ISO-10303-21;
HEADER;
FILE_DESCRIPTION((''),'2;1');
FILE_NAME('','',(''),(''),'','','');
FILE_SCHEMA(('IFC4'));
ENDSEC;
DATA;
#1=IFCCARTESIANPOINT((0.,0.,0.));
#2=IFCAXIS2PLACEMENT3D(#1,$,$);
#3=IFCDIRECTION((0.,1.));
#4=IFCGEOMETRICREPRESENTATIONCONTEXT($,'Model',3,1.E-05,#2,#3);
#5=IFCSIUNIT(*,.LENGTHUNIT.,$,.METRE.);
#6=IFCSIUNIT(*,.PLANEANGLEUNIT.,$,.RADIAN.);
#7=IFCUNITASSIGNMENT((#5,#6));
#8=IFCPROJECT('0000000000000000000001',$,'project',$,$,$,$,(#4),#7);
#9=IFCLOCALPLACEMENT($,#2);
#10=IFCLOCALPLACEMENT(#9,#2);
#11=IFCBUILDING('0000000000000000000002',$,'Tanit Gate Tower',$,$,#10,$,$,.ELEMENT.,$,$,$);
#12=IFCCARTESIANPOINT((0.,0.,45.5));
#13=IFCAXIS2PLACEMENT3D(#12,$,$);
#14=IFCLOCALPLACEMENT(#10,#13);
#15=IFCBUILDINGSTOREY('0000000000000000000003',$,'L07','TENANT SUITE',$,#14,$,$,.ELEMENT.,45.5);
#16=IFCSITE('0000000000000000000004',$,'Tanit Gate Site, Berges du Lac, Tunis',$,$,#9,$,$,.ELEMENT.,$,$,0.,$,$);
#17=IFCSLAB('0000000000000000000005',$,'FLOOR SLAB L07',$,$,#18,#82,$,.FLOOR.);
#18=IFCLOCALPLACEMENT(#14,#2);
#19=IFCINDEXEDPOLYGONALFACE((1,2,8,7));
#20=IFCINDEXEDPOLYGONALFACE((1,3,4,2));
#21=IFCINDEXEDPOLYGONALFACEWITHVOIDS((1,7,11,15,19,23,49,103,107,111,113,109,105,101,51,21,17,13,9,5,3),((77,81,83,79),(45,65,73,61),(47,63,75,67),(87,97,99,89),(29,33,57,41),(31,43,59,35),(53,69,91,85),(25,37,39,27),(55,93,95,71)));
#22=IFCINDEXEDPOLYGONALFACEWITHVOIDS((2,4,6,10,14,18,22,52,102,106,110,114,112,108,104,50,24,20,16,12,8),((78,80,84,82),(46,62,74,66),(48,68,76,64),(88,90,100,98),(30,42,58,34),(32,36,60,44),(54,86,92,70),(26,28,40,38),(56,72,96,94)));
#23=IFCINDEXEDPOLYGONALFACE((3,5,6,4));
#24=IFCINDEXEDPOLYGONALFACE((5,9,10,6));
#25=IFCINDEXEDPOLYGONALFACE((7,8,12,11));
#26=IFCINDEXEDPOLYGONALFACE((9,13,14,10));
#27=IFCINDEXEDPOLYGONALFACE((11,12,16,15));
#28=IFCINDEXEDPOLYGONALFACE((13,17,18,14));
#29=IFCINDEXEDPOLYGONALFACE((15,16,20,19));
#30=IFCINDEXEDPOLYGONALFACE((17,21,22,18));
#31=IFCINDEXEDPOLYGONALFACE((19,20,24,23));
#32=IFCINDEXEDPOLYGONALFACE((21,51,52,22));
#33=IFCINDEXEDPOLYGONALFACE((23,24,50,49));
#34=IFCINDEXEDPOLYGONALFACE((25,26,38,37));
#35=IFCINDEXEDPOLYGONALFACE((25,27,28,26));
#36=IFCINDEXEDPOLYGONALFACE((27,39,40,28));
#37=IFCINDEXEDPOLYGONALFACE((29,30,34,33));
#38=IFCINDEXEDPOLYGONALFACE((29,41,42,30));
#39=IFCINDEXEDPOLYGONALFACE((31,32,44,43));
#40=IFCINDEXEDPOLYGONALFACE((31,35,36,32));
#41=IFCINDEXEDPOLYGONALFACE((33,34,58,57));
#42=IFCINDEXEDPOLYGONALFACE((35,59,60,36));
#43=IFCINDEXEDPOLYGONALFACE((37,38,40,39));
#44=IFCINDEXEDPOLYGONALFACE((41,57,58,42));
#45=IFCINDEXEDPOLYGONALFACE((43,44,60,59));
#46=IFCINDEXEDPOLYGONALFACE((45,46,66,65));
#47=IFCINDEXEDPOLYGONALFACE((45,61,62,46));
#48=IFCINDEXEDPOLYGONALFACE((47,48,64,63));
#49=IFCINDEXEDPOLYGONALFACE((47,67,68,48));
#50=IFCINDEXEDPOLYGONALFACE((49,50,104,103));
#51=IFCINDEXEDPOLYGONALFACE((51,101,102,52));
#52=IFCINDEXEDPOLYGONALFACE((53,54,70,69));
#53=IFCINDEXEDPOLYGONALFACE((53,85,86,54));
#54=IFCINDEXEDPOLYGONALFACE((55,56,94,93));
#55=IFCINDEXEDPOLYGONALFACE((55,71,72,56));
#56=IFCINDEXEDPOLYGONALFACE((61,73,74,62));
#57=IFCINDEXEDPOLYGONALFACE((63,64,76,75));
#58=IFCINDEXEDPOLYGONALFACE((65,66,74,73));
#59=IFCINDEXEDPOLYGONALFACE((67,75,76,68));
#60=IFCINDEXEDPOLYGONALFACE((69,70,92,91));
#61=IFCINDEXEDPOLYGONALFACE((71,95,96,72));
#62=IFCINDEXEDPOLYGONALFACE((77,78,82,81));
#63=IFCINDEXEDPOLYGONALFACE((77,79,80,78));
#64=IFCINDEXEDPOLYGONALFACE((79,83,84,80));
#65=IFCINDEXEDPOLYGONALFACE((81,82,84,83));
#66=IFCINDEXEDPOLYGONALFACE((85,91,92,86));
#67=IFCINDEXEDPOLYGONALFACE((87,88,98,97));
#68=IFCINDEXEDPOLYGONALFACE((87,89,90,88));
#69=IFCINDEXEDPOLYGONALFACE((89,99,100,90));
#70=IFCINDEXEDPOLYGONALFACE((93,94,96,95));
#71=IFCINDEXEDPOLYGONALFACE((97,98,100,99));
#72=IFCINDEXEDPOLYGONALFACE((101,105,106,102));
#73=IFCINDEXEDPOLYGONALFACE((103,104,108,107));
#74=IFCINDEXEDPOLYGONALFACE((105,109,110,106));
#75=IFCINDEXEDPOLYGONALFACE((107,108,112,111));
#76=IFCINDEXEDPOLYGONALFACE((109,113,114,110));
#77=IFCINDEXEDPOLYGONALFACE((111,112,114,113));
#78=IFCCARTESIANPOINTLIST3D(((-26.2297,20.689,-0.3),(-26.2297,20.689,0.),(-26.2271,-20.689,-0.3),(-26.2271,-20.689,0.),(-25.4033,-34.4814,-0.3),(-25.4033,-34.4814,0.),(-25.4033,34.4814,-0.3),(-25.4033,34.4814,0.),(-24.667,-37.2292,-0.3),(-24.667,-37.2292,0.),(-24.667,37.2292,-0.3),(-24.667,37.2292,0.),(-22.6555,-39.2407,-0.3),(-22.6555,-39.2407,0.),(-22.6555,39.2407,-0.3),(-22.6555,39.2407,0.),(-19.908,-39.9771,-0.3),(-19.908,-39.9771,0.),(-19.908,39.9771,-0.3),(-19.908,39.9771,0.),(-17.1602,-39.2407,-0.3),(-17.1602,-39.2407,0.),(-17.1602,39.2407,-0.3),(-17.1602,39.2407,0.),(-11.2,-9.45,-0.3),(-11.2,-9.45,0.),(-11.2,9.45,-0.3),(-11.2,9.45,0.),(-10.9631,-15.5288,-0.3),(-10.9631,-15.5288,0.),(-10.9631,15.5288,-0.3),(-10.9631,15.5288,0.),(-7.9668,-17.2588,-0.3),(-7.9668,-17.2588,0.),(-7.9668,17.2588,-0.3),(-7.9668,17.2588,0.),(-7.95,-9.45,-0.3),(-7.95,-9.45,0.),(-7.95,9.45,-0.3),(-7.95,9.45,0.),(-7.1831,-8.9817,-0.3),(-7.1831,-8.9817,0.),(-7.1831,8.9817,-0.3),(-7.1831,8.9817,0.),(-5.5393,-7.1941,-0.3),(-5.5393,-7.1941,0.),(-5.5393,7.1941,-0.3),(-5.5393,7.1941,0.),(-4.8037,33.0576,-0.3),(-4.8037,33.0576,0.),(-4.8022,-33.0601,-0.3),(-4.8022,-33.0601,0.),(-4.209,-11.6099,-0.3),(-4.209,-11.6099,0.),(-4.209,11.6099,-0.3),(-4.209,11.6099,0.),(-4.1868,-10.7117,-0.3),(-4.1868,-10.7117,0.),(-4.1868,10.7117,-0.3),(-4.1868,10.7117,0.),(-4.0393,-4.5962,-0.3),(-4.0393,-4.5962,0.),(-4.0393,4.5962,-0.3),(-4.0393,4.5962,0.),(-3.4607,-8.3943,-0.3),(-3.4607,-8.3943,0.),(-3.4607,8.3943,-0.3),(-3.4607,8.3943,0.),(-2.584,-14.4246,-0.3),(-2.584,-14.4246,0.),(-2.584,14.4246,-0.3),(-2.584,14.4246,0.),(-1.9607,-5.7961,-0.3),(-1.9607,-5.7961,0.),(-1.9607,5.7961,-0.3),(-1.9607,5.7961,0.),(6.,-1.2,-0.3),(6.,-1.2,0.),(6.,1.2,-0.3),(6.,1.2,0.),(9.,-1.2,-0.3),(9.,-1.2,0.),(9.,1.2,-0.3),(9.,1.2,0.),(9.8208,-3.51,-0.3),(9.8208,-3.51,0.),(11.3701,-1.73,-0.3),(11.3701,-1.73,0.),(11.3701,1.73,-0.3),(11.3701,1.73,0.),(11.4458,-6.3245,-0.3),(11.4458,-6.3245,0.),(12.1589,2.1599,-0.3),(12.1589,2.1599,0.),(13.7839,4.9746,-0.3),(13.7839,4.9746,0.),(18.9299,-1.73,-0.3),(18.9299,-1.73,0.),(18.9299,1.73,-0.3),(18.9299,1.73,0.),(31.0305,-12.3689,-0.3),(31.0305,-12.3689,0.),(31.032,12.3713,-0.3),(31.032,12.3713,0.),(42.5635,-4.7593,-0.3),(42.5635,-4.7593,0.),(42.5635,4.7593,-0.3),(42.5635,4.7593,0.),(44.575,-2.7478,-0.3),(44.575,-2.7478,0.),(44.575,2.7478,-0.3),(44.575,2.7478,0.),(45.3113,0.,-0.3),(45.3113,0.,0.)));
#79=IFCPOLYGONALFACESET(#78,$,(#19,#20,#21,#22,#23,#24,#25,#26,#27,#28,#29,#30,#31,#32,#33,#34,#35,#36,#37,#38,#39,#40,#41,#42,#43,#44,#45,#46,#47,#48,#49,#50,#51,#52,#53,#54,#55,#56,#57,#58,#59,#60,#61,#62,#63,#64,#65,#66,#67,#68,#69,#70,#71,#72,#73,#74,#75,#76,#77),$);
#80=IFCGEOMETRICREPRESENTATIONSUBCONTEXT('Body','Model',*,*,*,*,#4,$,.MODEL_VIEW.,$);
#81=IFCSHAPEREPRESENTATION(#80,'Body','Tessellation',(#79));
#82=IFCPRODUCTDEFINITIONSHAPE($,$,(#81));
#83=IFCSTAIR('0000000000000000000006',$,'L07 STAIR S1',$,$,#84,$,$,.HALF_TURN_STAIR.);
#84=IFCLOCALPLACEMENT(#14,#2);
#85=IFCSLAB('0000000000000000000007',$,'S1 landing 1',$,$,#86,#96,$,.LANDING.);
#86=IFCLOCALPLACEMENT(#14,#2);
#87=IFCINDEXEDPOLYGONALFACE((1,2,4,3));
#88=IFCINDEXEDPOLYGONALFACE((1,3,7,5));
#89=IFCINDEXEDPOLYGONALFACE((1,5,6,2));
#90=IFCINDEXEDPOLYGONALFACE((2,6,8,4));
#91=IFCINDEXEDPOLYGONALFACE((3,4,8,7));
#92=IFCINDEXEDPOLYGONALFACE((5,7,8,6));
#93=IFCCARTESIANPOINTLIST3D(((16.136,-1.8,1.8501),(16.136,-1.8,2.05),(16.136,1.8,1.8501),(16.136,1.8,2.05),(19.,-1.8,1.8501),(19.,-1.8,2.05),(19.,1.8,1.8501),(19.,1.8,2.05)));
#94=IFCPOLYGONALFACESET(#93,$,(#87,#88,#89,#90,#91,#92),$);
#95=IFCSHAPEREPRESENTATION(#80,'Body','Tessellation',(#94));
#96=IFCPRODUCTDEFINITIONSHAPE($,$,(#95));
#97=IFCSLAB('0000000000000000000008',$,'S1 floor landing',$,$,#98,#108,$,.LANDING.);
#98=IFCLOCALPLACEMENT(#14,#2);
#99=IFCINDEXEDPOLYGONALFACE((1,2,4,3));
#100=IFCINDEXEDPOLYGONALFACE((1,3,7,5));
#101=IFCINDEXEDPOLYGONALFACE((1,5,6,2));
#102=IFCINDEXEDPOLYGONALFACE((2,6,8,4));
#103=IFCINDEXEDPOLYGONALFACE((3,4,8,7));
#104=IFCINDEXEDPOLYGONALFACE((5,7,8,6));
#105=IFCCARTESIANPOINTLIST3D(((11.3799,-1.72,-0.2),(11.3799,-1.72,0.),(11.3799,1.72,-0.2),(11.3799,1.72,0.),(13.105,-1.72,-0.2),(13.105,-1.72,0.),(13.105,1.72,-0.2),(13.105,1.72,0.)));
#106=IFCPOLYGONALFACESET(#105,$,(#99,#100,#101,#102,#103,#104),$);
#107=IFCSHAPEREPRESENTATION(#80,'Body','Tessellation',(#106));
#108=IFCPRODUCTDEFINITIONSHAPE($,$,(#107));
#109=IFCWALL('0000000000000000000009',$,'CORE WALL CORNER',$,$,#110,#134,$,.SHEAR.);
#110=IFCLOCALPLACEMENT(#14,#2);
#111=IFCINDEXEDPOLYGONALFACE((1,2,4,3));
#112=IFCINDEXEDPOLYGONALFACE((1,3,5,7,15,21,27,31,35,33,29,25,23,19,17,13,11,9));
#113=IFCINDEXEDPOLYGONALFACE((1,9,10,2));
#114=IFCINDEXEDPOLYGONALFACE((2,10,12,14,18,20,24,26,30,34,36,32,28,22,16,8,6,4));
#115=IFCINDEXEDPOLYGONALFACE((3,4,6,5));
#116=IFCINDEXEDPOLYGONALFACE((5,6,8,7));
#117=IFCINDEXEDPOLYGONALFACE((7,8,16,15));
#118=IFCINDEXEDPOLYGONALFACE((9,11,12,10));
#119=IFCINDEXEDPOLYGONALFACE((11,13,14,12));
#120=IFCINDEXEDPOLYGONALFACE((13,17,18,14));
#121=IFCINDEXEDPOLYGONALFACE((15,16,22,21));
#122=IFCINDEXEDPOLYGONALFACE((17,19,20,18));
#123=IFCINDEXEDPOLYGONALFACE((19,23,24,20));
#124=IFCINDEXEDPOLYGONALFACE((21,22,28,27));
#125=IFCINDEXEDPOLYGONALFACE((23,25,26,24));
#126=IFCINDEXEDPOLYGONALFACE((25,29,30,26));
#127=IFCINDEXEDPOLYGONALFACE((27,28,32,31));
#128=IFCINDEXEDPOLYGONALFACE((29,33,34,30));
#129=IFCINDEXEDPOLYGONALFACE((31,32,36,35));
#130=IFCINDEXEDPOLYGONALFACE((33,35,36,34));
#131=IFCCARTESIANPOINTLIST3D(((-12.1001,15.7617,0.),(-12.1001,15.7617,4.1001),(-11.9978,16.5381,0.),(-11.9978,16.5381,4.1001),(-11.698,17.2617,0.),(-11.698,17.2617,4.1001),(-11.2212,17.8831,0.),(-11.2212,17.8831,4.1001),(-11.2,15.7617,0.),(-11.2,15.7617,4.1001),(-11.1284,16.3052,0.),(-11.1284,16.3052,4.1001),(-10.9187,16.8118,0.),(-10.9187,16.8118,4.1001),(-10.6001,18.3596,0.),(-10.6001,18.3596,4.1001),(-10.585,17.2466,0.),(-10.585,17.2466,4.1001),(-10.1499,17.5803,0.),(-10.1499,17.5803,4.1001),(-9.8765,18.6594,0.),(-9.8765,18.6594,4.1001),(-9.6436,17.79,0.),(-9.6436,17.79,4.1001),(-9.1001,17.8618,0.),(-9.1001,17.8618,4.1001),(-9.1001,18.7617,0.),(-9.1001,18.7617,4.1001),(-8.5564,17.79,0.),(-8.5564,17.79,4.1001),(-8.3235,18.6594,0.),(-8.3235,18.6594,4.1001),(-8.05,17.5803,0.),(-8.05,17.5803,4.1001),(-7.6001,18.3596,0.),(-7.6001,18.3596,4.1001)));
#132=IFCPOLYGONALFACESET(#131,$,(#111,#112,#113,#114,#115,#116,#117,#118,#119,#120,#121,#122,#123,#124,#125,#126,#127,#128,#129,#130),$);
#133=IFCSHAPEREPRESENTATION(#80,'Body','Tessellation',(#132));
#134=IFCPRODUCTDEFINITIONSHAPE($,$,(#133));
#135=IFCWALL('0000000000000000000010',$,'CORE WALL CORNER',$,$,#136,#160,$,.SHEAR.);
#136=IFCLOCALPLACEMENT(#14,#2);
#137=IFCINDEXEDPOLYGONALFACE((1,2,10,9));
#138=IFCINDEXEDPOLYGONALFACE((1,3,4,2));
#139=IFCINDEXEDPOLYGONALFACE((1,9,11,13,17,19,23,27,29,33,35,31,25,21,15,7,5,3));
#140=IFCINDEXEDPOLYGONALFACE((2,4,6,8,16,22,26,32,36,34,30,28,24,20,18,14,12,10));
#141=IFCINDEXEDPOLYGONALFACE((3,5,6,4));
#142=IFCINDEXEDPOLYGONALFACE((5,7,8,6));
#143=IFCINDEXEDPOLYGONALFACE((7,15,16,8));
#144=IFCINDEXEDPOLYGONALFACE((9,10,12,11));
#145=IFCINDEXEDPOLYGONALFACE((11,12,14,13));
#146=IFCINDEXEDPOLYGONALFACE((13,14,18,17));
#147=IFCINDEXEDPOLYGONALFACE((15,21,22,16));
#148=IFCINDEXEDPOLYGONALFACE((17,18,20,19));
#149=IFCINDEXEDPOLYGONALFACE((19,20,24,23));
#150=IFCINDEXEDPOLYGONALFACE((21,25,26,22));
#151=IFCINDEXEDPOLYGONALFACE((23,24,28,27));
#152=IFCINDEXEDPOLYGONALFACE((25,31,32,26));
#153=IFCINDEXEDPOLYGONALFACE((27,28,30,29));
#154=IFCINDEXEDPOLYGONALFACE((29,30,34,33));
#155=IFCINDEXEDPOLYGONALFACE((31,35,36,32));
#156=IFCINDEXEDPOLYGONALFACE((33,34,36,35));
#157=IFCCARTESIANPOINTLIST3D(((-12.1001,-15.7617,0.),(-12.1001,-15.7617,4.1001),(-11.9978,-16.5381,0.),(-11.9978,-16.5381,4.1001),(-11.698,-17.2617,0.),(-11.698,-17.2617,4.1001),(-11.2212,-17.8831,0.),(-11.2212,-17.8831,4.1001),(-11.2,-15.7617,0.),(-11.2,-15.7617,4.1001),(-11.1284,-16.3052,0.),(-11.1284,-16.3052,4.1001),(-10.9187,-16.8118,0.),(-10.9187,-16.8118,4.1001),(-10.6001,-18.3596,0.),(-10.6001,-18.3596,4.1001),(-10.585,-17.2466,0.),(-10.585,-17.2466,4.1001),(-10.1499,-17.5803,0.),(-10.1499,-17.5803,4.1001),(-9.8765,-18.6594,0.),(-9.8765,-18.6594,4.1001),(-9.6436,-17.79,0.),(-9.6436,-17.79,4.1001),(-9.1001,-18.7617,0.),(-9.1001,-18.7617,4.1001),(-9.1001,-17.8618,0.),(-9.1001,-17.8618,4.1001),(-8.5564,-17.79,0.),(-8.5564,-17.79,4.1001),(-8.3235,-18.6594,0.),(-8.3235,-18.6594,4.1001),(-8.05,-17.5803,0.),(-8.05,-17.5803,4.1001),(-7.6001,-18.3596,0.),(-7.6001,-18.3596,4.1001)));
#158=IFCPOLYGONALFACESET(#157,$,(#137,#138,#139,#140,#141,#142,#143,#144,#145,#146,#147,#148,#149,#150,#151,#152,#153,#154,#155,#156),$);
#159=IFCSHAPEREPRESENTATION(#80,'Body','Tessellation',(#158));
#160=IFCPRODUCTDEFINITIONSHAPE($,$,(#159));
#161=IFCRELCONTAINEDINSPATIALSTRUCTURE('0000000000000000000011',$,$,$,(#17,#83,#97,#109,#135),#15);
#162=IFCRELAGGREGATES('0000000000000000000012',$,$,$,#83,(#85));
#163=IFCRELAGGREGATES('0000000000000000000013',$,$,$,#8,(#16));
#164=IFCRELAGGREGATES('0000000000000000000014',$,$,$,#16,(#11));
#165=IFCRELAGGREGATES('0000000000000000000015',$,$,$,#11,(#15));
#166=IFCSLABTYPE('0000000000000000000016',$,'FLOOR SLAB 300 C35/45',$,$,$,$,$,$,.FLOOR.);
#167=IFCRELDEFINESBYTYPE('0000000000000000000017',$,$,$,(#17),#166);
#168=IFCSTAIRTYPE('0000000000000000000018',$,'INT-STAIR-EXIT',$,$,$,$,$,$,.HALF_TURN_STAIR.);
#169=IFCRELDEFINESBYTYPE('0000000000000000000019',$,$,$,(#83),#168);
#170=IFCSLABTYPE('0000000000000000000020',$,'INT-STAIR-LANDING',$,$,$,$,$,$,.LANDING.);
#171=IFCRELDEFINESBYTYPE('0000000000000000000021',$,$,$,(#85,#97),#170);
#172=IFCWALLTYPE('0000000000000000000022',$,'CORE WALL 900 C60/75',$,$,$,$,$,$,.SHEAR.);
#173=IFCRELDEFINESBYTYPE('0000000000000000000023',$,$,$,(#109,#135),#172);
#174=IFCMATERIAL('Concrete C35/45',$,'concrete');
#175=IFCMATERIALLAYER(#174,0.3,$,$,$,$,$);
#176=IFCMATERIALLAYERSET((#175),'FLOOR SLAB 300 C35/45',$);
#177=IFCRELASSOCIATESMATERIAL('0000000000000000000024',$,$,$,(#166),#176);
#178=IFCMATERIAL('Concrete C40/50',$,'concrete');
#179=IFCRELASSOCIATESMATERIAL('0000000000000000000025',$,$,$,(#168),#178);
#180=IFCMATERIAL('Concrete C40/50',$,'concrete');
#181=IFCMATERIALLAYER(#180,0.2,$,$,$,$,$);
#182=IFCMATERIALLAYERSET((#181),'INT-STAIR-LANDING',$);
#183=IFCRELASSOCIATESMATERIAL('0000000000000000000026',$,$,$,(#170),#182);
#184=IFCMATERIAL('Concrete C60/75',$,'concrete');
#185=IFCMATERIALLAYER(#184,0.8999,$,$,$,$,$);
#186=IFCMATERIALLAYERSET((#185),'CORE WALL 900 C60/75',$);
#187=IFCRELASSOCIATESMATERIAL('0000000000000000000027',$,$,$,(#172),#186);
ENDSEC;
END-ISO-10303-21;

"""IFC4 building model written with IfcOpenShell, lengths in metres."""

from ifc_helpers import new_model, si_unit, direction, frame, origin, place, context, subcontext, project, spatial, polyline, outline, extrude, material, layer, layer_set, type_object, element, aggregate, save


model = new_model("IFC4")

# Units and contexts
model_context = context("Model", 3, precision=1e-05, world=origin(), true_north=direction((0.0, 1.0)))
body_context = subcontext(model_context, "Body", "Model", "MODEL_VIEW")
ifc_project = project(units=[si_unit("LENGTHUNIT", "METRE"), si_unit("PLANEANGLEUNIT", "RADIAN")], contexts=[model_context])

# Site, building, storey
site_placement = place(None, origin())
site = spatial("IfcSite", under=ifc_project, at=site_placement, Name="Tanit Gate Site, Berges du Lac, Tunis", CompositionType="ELEMENT", RefElevation=0.0)
building_placement = place(site_placement, origin())
building = spatial("IfcBuilding", under=site, at=building_placement, Name="Tanit Gate Tower", CompositionType="ELEMENT")
storey_placement = place(building_placement, frame((0.0, 0.0, 45.5)))
storey = spatial("IfcBuildingStorey", under=building, at=storey_placement, Name="L07", Description="TENANT SUITE", CompositionType="ELEMENT", Elevation=45.5)

# Slab
ifc_material_1 = material(Name="Concrete C35/45", Category="concrete")
ifc_layer_1 = layer(ifc_material_1, 0.3)
ifc_layer_set_1 = layer_set([ifc_layer_1], Name="FLOOR SLAB 300 C35/45")
slab_type_1 = type_object("IfcSlabType", Name="FLOOR SLAB 300 C35/45", PredefinedType="FLOOR", material=ifc_layer_set_1)
slab_1_placement = place(storey_placement, frame((0.0, 0.0, -0.3)))
element("IfcSlab", 1, at=slab_1_placement, inside=storey, type_object=slab_type_1, Name="FLOOR SLAB L07", PredefinedType="FLOOR", context=body_context, shape_type="SweptSolid", body=[
    extrude(outline(polyline([(42.5635, 4.7593), (44.575, 2.7478), (45.3113, 0.0), (44.575, -2.7478), (42.5635, -4.7593), (31.0305, -12.3689), (-4.8022, -33.0601), (-17.1602, -39.2407), (-19.908, -39.9771), (-22.6555, -39.2407), (-24.667, -37.2292), (-25.4033, -34.4814), (-26.2271, -20.689), (-26.2297, 20.689), (-25.4033, 34.4814), (-24.667, 37.2292), (-22.6555, 39.2407), (-19.908, 39.9771), (-17.1602, 39.2407), (-4.8037, 33.0576), (31.032, 12.3713), (42.5635, 4.7593)]), holes=[polyline([(11.3701, 1.73), (18.9299, 1.73), (18.9299, -1.73), (11.3701, -1.73), (11.3701, 1.73)]), polyline([(-4.209, 11.6099), (-2.584, 14.4246), (13.7839, 4.9746), (12.1589, 2.1599), (-4.209, 11.6099)]), polyline([(-4.209, -11.6099), (9.8208, -3.51), (11.4458, -6.3245), (-2.584, -14.4246), (-4.209, -11.6099)]), polyline([(9.0, 1.2), (9.0, -1.2), (6.0, -1.2), (6.0, 1.2), (9.0, 1.2)]), polyline([(-5.5393, 7.1941), (-3.4607, 8.3943), (-1.9607, 5.7961), (-4.0393, 4.5962), (-5.5393, 7.1941)]), polyline([(-1.9607, -5.7961), (-3.4607, -8.3943), (-5.5393, -7.1941), (-4.0393, -4.5962), (-1.9607, -5.7961)]), polyline([(-10.9631, 15.5288), (-7.9668, 17.2588), (-4.1868, 10.7117), (-7.1831, 8.9817), (-10.9631, 15.5288)]), polyline([(-4.1868, -10.7117), (-7.9668, -17.2588), (-10.9631, -15.5288), (-7.1831, -8.9817), (-4.1868, -10.7117)]), polyline([(-11.2, -9.45), (-11.2, 9.45), (-7.95, 9.45), (-7.95, -9.45), (-11.2, -9.45)])]), origin(), (0.0, 0.0, 1.0), 0.3),
])

# Stair, slab
ifc_material_2 = material(Name="Concrete C40/50", Category="concrete")
stair_type = type_object("IfcStairType", Name="INT-STAIR-EXIT", PredefinedType="HALF_TURN_STAIR", material=ifc_material_2)
stair_placement = place(storey_placement, origin())
stair = element("IfcStair", 2, at=stair_placement, inside=storey, type_object=stair_type, Name="L07 STAIR S1", PredefinedType="HALF_TURN_STAIR")
ifc_material_3 = material(Name="Concrete C40/50", Category="concrete")
ifc_layer_2 = layer(ifc_material_3, 0.2)
ifc_layer_set_2 = layer_set([ifc_layer_2], Name="INT-STAIR-LANDING")
slab_type_2 = type_object("IfcSlabType", Name="INT-STAIR-LANDING", PredefinedType="LANDING", material=ifc_layer_set_2)
slab_2_placement = place(storey_placement, frame((0.0, 0.0, 1.8501)))
slab_2 = element("IfcSlab", 3, at=slab_2_placement, type_object=slab_type_2, Name="S1 landing 1", PredefinedType="LANDING", context=body_context, shape_type="SweptSolid", body=[
    extrude(outline(polyline([(16.136, -1.8), (19.0, -1.8), (19.0, 1.8), (16.136, 1.8), (16.136, -1.8)])), origin(), (0.0, 0.0, 1.0), 0.2),
])
aggregate(stair, [slab_2])

# Slab
slab_3_placement = place(storey_placement, frame((0.0, 0.0, -0.2)))
element("IfcSlab", 4, at=slab_3_placement, inside=storey, type_object=slab_type_2, Name="S1 floor landing", PredefinedType="LANDING", context=body_context, shape_type="SweptSolid", body=[
    extrude(outline(polyline([(11.3799, -1.72), (13.105, -1.72), (13.105, 1.72), (11.3799, 1.72), (11.3799, -1.72)])), origin(), (0.0, 0.0, 1.0), 0.2),
])

# Walls
ifc_material_4 = material(Name="Concrete C60/75", Category="concrete")
ifc_layer_3 = layer(ifc_material_4, 0.8999)
ifc_layer_set_3 = layer_set([ifc_layer_3], Name="CORE WALL 900 C60/75")
wall_type_1 = type_object("IfcWallType", Name="CORE WALL 900 C60/75", PredefinedType="SHEAR", material=ifc_layer_set_3)
wall_1_placement = place(storey_placement, origin())
element("IfcWall", 5, at=wall_1_placement, inside=storey, type_object=wall_type_1, Name="CORE WALL CORNER", PredefinedType="SHEAR", context=body_context, shape_type="SweptSolid", body=[
    extrude(outline(polyline([(-7.6001, 18.3596), (-8.3235, 18.6594), (-9.1001, 18.7617), (-9.8765, 18.6594), (-10.6001, 18.3596), (-11.2212, 17.8831), (-11.698, 17.2617), (-11.9978, 16.5381), (-12.1001, 15.7617), (-11.2, 15.7617), (-11.1284, 16.3052), (-10.9187, 16.8118), (-10.585, 17.2466), (-10.1499, 17.5803), (-9.6436, 17.79), (-9.1001, 17.8618), (-8.5564, 17.79), (-8.05, 17.5803), (-7.6001, 18.3596)])), origin(), (0.0, 0.0, 1.0), 4.1001),
])
wall_2_placement = place(storey_placement, origin())
element("IfcWall", 6, at=wall_2_placement, inside=storey, type_object=wall_type_1, Name="CORE WALL CORNER", PredefinedType="SHEAR", context=body_context, shape_type="SweptSolid", body=[
    extrude(outline(polyline([(-12.1001, -15.7617), (-11.9978, -16.5381), (-11.698, -17.2617), (-11.2212, -17.8831), (-10.6001, -18.3596), (-9.8765, -18.6594), (-9.1001, -18.7617), (-8.3235, -18.6594), (-7.6001, -18.3596), (-8.05, -17.5803), (-8.5564, -17.79), (-9.1001, -17.8618), (-9.6436, -17.79), (-10.1499, -17.5803), (-10.585, -17.2466), (-10.9187, -16.8118), (-11.1284, -16.3052), (-11.2, -15.7617), (-12.1001, -15.7617)])), origin(), (0.0, 0.0, 1.0), 4.1001),
])

save(model, "model.ifc")
